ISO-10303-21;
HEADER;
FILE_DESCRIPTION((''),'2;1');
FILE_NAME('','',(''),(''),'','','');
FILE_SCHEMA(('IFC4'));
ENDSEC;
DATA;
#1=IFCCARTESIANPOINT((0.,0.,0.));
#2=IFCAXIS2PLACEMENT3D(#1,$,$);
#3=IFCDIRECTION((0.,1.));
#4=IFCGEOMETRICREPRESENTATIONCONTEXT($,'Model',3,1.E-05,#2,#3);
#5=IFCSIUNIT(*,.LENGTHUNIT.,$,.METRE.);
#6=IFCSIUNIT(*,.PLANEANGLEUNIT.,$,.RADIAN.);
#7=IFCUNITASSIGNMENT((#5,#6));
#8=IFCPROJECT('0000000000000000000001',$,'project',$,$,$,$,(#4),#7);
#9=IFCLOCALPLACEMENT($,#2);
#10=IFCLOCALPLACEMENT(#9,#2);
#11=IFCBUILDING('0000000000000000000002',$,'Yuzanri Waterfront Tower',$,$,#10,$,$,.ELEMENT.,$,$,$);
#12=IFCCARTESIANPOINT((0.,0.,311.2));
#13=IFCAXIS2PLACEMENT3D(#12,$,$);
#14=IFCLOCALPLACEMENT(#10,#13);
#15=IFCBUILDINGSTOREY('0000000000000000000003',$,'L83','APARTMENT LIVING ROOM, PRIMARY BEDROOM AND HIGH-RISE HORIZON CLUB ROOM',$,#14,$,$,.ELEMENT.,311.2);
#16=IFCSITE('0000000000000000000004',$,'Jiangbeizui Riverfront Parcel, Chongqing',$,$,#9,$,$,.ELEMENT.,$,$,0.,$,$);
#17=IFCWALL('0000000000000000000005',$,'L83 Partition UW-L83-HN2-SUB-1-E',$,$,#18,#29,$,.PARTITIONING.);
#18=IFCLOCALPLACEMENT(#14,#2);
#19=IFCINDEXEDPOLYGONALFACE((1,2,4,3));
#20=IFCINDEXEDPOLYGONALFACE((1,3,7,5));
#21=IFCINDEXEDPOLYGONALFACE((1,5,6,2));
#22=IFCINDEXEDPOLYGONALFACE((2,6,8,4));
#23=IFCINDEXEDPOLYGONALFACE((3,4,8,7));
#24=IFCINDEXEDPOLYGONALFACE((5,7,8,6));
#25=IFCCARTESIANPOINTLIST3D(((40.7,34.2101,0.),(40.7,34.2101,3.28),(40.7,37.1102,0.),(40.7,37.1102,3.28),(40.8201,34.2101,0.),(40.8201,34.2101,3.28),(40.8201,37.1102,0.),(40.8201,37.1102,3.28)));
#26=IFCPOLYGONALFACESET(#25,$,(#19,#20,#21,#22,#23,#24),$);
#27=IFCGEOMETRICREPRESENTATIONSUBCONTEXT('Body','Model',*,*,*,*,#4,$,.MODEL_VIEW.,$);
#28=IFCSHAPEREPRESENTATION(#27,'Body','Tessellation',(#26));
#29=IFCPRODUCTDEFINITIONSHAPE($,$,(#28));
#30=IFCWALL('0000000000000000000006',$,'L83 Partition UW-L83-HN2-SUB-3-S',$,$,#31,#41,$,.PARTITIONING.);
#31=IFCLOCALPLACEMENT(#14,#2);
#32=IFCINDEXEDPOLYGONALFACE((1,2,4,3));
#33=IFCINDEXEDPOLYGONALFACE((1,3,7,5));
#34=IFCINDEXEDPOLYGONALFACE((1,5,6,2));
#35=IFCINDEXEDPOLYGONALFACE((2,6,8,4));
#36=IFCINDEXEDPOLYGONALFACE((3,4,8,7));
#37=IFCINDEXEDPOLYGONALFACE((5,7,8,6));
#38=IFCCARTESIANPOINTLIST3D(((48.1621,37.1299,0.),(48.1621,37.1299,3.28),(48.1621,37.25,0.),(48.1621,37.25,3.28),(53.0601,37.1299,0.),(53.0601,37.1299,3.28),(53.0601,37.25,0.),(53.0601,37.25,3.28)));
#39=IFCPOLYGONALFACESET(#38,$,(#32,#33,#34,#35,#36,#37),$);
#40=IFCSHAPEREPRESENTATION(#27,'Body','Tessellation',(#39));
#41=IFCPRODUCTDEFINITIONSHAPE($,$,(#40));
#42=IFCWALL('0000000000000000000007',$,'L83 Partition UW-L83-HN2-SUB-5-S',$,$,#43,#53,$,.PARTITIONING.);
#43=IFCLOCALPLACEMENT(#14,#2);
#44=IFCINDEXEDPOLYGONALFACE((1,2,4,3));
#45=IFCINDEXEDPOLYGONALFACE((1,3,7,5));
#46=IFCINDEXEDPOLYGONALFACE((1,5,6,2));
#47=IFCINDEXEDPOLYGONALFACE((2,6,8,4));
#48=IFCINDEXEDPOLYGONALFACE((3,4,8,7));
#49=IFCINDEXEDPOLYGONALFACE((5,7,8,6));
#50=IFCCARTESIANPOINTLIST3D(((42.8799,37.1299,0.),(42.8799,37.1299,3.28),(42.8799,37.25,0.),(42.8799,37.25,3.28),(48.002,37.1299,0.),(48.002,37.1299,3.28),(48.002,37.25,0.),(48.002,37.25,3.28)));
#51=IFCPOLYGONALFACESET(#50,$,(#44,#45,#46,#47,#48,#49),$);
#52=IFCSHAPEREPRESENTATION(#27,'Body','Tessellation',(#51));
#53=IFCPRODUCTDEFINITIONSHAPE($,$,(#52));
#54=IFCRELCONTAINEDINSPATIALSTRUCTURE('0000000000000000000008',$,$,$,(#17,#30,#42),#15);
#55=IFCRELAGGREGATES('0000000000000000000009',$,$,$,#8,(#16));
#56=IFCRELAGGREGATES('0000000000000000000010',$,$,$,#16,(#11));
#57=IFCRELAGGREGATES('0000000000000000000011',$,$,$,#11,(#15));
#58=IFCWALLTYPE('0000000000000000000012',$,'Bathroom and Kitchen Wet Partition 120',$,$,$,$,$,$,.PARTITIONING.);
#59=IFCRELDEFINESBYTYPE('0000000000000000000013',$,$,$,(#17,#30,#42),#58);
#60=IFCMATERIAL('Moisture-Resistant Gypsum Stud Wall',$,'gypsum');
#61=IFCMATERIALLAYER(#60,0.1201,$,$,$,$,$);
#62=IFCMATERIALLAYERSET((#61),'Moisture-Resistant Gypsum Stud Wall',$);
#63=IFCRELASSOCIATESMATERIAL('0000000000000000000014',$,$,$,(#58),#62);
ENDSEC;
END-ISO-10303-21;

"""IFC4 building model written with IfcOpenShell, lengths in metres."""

from ifc_helpers import new_model, si_unit, direction, frame, frame_2d, origin, place, context, subcontext, project, spatial, rectangle, extrude, source, transform, mapped, material, layer, layer_set, type_object, element, save


model = new_model("IFC4")

# Units and contexts
model_context = context("Model", 3, precision=1e-05, world=origin(), true_north=direction((0.0, 1.0)))
body_context = subcontext(model_context, "Body", "Model", "MODEL_VIEW")
ifc_project = project(units=[si_unit("LENGTHUNIT", "METRE"), si_unit("PLANEANGLEUNIT", "RADIAN")], contexts=[model_context])

# Site, building, storey
site_placement = place(None, origin())
site = spatial("IfcSite", under=ifc_project, at=site_placement, Name="Jiangbeizui Riverfront Parcel, Chongqing", CompositionType="ELEMENT", RefElevation=0.0)
building_placement = place(site_placement, origin())
building = spatial("IfcBuilding", under=site, at=building_placement, Name="Yuzanri Waterfront Tower", CompositionType="ELEMENT")
storey_placement = place(building_placement, frame((0.0, 0.0, 311.2)))
storey = spatial("IfcBuildingStorey", under=building, at=storey_placement, Name="L83", Description="APARTMENT LIVING ROOM, PRIMARY BEDROOM AND HIGH-RISE HORIZON CLUB ROOM", CompositionType="ELEMENT", Elevation=311.2)

# Shared definitions
ifc_material_1 = material(Name="Moisture-Resistant Gypsum Stud Wall", Category="gypsum")
ifc_layer_1 = layer(ifc_material_1, 0.1201)
ifc_layer_set_1 = layer_set([ifc_layer_1], Name="Moisture-Resistant Gypsum Stud Wall")
wall_type_1 = type_object("IfcWallType", Name="Bathroom and Kitchen Wet Partition 120", PredefinedType="PARTITIONING", material=ifc_layer_set_1)

# Walls
shared_shape_1 = source(origin(), body_context, "Body", "SweptSolid", [
    extrude(rectangle(XDim=2.9001, YDim=0.1201, at=frame_2d((1.4502, 0.0))), origin(), (0.0, 0.0, 1.0), 3.28),
])
wall_1_placement = place(storey_placement, frame((40.76, 34.21, 0.0), z_axis=(0.0, 0.0, 1.0), x_axis=(0.0, 1.0, 0.0)))
element("IfcWall", 1, at=wall_1_placement, inside=storey, type_object=wall_type_1, Name="L83 Partition UW-L83-HN2-SUB-1-E", PredefinedType="PARTITIONING", context=body_context, shape_type="MappedRepresentation", body=[
    mapped(shared_shape_1, transform((0.0, 0.0, 0.0), scale=1.0)),
])
shared_shape_2 = source(origin(), body_context, "Body", "SweptSolid", [
    extrude(rectangle(XDim=4.8979, YDim=0.1201, at=frame_2d((2.449, 0.0))), origin(), (0.0, 0.0, 1.0), 3.28),
])
wall_2_placement = place(storey_placement, frame((48.1621, 37.1899, 0.0), z_axis=(0.0, 0.0, 1.0), x_axis=(1.0, 0.0, 0.0)))
element("IfcWall", 2, at=wall_2_placement, inside=storey, type_object=wall_type_1, Name="L83 Partition UW-L83-HN2-SUB-3-S", PredefinedType="PARTITIONING", context=body_context, shape_type="MappedRepresentation", body=[
    mapped(shared_shape_2, transform((0.0, 0.0, 0.0), scale=1.0)),
])
shared_shape_3 = source(origin(), body_context, "Body", "SweptSolid", [
    extrude(rectangle(XDim=5.1221, YDim=0.1201, at=frame_2d((2.561, 0.0))), origin(), (0.0, 0.0, 1.0), 3.28),
])
wall_3_placement = place(storey_placement, frame((42.8799, 37.1899, 0.0), z_axis=(0.0, 0.0, 1.0), x_axis=(1.0, 0.0, 0.0)))
element("IfcWall", 3, at=wall_3_placement, inside=storey, type_object=wall_type_1, Name="L83 Partition UW-L83-HN2-SUB-5-S", PredefinedType="PARTITIONING", context=body_context, shape_type="MappedRepresentation", body=[
    mapped(shared_shape_3, transform((0.0, 0.0, 0.0), scale=1.0)),
])

save(model, "model.ifc")
